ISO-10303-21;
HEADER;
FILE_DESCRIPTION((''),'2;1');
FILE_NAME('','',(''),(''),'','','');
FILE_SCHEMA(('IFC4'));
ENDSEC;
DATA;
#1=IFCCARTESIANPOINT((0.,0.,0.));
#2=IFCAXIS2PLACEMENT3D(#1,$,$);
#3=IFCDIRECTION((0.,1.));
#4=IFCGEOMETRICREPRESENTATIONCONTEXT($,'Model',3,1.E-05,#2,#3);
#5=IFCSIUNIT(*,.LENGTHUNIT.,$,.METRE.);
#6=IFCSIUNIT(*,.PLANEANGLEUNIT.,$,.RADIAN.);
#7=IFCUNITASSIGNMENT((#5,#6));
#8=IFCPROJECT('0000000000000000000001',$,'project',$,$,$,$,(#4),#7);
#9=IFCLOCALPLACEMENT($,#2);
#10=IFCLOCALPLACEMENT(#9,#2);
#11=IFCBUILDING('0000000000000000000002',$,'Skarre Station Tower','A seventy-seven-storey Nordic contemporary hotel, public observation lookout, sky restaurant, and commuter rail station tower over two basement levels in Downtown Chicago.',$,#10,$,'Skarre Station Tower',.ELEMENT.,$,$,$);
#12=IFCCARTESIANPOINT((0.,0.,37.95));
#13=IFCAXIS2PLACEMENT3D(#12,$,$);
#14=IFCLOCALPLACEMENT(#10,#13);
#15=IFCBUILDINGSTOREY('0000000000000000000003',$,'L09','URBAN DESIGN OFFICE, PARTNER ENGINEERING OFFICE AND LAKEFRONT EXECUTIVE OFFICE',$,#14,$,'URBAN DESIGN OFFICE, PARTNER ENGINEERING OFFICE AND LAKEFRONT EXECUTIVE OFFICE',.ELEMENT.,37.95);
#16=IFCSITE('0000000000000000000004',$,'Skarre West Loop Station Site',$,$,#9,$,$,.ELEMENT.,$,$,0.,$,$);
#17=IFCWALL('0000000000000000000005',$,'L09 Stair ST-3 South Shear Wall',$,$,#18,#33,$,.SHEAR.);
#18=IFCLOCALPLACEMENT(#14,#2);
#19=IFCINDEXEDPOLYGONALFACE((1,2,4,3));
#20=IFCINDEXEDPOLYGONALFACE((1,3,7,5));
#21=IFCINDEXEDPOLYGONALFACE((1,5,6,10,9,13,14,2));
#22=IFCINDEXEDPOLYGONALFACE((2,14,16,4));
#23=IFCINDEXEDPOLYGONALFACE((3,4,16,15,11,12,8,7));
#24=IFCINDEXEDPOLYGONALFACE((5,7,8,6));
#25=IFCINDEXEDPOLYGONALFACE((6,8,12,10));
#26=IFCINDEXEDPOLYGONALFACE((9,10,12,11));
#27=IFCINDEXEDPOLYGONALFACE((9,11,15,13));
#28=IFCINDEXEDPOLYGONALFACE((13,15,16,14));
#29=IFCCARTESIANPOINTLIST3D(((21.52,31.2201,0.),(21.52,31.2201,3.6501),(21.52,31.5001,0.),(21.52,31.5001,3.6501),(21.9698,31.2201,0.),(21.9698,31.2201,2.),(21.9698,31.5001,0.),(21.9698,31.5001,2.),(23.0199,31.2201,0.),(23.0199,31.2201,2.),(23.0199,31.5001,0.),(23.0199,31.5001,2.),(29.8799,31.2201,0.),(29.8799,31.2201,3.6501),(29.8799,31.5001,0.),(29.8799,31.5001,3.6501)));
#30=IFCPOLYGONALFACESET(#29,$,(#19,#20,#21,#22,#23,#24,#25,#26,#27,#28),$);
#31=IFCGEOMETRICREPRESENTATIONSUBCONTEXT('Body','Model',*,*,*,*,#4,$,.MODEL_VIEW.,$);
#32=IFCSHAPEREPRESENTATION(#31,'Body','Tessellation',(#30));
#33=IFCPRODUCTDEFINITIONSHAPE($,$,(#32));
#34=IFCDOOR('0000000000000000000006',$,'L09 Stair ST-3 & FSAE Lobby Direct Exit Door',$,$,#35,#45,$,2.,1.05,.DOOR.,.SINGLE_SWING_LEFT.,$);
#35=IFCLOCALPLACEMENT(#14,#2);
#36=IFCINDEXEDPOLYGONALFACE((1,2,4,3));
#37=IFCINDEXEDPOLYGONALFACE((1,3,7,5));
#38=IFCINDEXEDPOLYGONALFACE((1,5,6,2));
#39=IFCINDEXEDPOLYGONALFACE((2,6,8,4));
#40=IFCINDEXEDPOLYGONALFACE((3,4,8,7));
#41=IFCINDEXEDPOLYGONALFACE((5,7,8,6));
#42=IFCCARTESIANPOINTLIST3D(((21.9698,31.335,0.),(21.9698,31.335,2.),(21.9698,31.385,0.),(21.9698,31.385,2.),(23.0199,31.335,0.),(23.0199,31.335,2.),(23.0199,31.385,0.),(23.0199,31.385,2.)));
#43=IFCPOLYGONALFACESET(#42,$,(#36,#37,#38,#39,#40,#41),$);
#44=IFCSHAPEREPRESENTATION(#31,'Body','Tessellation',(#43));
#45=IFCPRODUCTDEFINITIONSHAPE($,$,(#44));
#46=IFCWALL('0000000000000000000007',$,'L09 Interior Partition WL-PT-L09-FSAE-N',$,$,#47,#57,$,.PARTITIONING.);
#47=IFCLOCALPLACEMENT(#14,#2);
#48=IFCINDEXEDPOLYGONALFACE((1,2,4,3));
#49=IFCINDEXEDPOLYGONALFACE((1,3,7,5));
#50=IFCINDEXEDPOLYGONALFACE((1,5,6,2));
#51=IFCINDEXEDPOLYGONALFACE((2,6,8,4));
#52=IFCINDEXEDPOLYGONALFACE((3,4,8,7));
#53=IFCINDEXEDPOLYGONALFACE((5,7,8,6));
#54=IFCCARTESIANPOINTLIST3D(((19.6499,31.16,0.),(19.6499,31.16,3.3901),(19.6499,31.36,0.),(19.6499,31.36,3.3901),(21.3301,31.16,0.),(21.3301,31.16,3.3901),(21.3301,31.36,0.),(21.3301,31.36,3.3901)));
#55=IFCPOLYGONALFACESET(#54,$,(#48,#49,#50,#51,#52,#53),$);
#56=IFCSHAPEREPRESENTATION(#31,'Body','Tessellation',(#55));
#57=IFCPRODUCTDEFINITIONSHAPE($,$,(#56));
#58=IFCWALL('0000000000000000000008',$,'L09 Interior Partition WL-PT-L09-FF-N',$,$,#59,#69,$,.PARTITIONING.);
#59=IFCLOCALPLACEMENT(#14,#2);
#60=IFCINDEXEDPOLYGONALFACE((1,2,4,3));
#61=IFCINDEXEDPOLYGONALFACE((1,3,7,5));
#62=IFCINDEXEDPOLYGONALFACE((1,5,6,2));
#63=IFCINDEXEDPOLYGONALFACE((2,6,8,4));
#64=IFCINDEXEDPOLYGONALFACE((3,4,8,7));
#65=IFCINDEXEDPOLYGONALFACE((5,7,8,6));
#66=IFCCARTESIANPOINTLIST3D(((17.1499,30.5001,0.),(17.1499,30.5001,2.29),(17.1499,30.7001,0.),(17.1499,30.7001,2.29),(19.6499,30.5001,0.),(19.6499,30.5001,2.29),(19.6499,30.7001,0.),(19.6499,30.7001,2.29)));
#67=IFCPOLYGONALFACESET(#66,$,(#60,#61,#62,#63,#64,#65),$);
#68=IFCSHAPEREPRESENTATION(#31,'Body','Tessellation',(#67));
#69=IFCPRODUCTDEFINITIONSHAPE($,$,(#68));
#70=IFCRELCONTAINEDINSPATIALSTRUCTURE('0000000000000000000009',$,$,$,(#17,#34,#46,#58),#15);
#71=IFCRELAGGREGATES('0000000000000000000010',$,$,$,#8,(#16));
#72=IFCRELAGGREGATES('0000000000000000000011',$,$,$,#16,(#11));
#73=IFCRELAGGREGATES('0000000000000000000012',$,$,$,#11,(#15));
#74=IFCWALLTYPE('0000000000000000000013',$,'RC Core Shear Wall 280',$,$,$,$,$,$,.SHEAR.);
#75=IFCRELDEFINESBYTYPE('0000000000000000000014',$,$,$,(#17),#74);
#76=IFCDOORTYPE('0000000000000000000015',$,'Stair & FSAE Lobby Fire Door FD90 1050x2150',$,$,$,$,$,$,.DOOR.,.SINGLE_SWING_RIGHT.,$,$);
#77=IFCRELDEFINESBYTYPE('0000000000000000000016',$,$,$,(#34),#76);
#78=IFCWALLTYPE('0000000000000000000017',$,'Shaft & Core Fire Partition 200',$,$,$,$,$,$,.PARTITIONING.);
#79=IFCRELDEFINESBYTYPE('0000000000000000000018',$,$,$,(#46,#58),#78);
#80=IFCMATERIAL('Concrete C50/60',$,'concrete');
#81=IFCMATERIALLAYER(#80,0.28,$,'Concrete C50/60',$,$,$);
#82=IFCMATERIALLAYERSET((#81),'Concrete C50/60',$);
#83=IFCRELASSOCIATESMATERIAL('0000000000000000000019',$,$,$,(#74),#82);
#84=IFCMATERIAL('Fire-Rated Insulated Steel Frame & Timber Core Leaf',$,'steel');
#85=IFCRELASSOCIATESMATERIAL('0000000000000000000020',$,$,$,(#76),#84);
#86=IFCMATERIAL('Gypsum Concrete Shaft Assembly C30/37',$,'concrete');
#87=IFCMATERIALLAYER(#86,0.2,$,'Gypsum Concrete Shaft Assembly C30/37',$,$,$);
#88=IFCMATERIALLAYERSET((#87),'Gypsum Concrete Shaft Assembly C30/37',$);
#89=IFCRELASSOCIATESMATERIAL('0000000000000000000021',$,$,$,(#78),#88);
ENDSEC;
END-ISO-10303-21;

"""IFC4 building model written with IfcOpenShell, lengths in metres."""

from ifc_helpers import new_model, si_unit, direction, frame, frame_2d, origin, place, context, subcontext, project, spatial, rectangle, extrude, material, layer, layer_set, type_object, element, fill, save


model = new_model("IFC4")

# Units and contexts
model_context = context("Model", 3, precision=1e-05, world=origin(), true_north=direction((0.0, 1.0)))
body_context = subcontext(model_context, "Body", "Model", "MODEL_VIEW")
ifc_project = project(units=[si_unit("LENGTHUNIT", "METRE"), si_unit("PLANEANGLEUNIT", "RADIAN")], contexts=[model_context])

# Site, building, storey
site_placement = place(None, origin())
site = spatial("IfcSite", under=ifc_project, at=site_placement, Name="Skarre West Loop Station Site", CompositionType="ELEMENT", RefElevation=0.0)
building_placement = place(site_placement, origin())
building = spatial("IfcBuilding", under=site, at=building_placement, Name="Skarre Station Tower", Description="A seventy-seven-storey Nordic contemporary hotel, public observation lookout, sky restaurant, and commuter rail station tower over two basement levels in Downtown Chicago.", LongName="Skarre Station Tower", CompositionType="ELEMENT")
storey_placement = place(building_placement, frame((0.0, 0.0, 37.95)))
storey = spatial("IfcBuildingStorey", under=building, at=storey_placement, Name="L09", Description="URBAN DESIGN OFFICE, PARTNER ENGINEERING OFFICE AND LAKEFRONT EXECUTIVE OFFICE", LongName="URBAN DESIGN OFFICE, PARTNER ENGINEERING OFFICE AND LAKEFRONT EXECUTIVE OFFICE", CompositionType="ELEMENT", Elevation=37.95)

# Wall, opening, door
ifc_material_1 = material(Name="Concrete C50/60", Category="concrete")
ifc_layer_1 = layer(ifc_material_1, 0.28, Name="Concrete C50/60")
ifc_layer_set_1 = layer_set([ifc_layer_1], Name="Concrete C50/60")
wall_type_1 = type_object("IfcWallType", Name="RC Core Shear Wall 280", PredefinedType="SHEAR", material=ifc_layer_set_1)
wall_1_placement = place(storey_placement, frame((21.52, 31.3601, 0.0), z_axis=(0.0, 0.0, 1.0), x_axis=(1.0, 0.0, 0.0)))
wall_1 = element("IfcWall", 1, at=wall_1_placement, inside=storey, type_object=wall_type_1, Name="L09 Stair ST-3 South Shear Wall", PredefinedType="SHEAR", context=body_context, shape_type="SweptSolid", body=[
    extrude(rectangle(XDim=8.3599, YDim=0.28, at=frame_2d((4.1799, 0.0))), origin(), (0.0, 0.0, 1.0), 3.6501),
])
opening_1_placement = place(wall_1_placement, frame((0.45, 0.0, 0.0)))
opening_1 = element("IfcOpeningElement", 2, at=opening_1_placement, cuts=wall_1, PredefinedType="OPENING", context=body_context, shape_type="SweptSolid", body=[
    extrude(rectangle(XDim=1.05, YDim=2.0, at=frame_2d((0.5249, 1.0))), frame((0.0, 0.1499, 0.0), z_axis=(0.0, -1.0, 0.0), x_axis=(1.0, 0.0, 0.0)), (0.0, 0.0, 1.0), 0.3),
])
ifc_material_2 = material(Name="Fire-Rated Insulated Steel Frame & Timber Core Leaf", Category="steel")
door_type = type_object("IfcDoorType", Name="Stair & FSAE Lobby Fire Door FD90 1050x2150", OperationType="SINGLE_SWING_RIGHT", PredefinedType="DOOR", material=ifc_material_2)
door_placement = place(opening_1_placement, origin())
door = element("IfcDoor", 3, at=door_placement, inside=storey, type_object=door_type, Name="L09 Stair ST-3 & FSAE Lobby Direct Exit Door", OperationType="SINGLE_SWING_LEFT", OverallHeight=2.0, OverallWidth=1.05, PredefinedType="DOOR", context=body_context, shape_type="SweptSolid", body=[
    extrude(rectangle(XDim=1.05, YDim=2.0, at=frame_2d((0.5249, 1.0))), frame((0.0, 0.0249, 0.0), z_axis=(0.0, -1.0, 0.0), x_axis=(1.0, 0.0, 0.0)), (0.0, 0.0, 1.0), 0.05),
])
fill(opening_1, door)

# Walls
ifc_material_3 = material(Name="Gypsum Concrete Shaft Assembly C30/37", Category="concrete")
ifc_layer_2 = layer(ifc_material_3, 0.2, Name="Gypsum Concrete Shaft Assembly C30/37")
ifc_layer_set_2 = layer_set([ifc_layer_2], Name="Gypsum Concrete Shaft Assembly C30/37")
wall_type_2 = type_object("IfcWallType", Name="Shaft & Core Fire Partition 200", PredefinedType="PARTITIONING", material=ifc_layer_set_2)
wall_2_placement = place(storey_placement, frame((21.3301, 31.26, 0.0), z_axis=(0.0, 0.0, 1.0), x_axis=(-1.0, 0.0, 0.0)))
element("IfcWall", 4, at=wall_2_placement, inside=storey, type_object=wall_type_2, Name="L09 Interior Partition WL-PT-L09-FSAE-N", PredefinedType="PARTITIONING", context=body_context, shape_type="SweptSolid", body=[
    extrude(rectangle(XDim=1.6802, YDim=0.2, at=frame_2d((0.8401, 0.0))), origin(), (0.0, 0.0, 1.0), 3.3901),
])
wall_3_placement = place(storey_placement, frame((19.6499, 30.6001, 0.0), z_axis=(0.0, 0.0, 1.0), x_axis=(-1.0, 0.0, 0.0)))
element("IfcWall", 5, at=wall_3_placement, inside=storey, type_object=wall_type_2, Name="L09 Interior Partition WL-PT-L09-FF-N", PredefinedType="PARTITIONING", context=body_context, shape_type="SweptSolid", body=[
    extrude(rectangle(XDim=2.5, YDim=0.2, at=frame_2d((1.25, 0.0))), origin(), (0.0, 0.0, 1.0), 2.29),
])

save(model, "model.ifc")
